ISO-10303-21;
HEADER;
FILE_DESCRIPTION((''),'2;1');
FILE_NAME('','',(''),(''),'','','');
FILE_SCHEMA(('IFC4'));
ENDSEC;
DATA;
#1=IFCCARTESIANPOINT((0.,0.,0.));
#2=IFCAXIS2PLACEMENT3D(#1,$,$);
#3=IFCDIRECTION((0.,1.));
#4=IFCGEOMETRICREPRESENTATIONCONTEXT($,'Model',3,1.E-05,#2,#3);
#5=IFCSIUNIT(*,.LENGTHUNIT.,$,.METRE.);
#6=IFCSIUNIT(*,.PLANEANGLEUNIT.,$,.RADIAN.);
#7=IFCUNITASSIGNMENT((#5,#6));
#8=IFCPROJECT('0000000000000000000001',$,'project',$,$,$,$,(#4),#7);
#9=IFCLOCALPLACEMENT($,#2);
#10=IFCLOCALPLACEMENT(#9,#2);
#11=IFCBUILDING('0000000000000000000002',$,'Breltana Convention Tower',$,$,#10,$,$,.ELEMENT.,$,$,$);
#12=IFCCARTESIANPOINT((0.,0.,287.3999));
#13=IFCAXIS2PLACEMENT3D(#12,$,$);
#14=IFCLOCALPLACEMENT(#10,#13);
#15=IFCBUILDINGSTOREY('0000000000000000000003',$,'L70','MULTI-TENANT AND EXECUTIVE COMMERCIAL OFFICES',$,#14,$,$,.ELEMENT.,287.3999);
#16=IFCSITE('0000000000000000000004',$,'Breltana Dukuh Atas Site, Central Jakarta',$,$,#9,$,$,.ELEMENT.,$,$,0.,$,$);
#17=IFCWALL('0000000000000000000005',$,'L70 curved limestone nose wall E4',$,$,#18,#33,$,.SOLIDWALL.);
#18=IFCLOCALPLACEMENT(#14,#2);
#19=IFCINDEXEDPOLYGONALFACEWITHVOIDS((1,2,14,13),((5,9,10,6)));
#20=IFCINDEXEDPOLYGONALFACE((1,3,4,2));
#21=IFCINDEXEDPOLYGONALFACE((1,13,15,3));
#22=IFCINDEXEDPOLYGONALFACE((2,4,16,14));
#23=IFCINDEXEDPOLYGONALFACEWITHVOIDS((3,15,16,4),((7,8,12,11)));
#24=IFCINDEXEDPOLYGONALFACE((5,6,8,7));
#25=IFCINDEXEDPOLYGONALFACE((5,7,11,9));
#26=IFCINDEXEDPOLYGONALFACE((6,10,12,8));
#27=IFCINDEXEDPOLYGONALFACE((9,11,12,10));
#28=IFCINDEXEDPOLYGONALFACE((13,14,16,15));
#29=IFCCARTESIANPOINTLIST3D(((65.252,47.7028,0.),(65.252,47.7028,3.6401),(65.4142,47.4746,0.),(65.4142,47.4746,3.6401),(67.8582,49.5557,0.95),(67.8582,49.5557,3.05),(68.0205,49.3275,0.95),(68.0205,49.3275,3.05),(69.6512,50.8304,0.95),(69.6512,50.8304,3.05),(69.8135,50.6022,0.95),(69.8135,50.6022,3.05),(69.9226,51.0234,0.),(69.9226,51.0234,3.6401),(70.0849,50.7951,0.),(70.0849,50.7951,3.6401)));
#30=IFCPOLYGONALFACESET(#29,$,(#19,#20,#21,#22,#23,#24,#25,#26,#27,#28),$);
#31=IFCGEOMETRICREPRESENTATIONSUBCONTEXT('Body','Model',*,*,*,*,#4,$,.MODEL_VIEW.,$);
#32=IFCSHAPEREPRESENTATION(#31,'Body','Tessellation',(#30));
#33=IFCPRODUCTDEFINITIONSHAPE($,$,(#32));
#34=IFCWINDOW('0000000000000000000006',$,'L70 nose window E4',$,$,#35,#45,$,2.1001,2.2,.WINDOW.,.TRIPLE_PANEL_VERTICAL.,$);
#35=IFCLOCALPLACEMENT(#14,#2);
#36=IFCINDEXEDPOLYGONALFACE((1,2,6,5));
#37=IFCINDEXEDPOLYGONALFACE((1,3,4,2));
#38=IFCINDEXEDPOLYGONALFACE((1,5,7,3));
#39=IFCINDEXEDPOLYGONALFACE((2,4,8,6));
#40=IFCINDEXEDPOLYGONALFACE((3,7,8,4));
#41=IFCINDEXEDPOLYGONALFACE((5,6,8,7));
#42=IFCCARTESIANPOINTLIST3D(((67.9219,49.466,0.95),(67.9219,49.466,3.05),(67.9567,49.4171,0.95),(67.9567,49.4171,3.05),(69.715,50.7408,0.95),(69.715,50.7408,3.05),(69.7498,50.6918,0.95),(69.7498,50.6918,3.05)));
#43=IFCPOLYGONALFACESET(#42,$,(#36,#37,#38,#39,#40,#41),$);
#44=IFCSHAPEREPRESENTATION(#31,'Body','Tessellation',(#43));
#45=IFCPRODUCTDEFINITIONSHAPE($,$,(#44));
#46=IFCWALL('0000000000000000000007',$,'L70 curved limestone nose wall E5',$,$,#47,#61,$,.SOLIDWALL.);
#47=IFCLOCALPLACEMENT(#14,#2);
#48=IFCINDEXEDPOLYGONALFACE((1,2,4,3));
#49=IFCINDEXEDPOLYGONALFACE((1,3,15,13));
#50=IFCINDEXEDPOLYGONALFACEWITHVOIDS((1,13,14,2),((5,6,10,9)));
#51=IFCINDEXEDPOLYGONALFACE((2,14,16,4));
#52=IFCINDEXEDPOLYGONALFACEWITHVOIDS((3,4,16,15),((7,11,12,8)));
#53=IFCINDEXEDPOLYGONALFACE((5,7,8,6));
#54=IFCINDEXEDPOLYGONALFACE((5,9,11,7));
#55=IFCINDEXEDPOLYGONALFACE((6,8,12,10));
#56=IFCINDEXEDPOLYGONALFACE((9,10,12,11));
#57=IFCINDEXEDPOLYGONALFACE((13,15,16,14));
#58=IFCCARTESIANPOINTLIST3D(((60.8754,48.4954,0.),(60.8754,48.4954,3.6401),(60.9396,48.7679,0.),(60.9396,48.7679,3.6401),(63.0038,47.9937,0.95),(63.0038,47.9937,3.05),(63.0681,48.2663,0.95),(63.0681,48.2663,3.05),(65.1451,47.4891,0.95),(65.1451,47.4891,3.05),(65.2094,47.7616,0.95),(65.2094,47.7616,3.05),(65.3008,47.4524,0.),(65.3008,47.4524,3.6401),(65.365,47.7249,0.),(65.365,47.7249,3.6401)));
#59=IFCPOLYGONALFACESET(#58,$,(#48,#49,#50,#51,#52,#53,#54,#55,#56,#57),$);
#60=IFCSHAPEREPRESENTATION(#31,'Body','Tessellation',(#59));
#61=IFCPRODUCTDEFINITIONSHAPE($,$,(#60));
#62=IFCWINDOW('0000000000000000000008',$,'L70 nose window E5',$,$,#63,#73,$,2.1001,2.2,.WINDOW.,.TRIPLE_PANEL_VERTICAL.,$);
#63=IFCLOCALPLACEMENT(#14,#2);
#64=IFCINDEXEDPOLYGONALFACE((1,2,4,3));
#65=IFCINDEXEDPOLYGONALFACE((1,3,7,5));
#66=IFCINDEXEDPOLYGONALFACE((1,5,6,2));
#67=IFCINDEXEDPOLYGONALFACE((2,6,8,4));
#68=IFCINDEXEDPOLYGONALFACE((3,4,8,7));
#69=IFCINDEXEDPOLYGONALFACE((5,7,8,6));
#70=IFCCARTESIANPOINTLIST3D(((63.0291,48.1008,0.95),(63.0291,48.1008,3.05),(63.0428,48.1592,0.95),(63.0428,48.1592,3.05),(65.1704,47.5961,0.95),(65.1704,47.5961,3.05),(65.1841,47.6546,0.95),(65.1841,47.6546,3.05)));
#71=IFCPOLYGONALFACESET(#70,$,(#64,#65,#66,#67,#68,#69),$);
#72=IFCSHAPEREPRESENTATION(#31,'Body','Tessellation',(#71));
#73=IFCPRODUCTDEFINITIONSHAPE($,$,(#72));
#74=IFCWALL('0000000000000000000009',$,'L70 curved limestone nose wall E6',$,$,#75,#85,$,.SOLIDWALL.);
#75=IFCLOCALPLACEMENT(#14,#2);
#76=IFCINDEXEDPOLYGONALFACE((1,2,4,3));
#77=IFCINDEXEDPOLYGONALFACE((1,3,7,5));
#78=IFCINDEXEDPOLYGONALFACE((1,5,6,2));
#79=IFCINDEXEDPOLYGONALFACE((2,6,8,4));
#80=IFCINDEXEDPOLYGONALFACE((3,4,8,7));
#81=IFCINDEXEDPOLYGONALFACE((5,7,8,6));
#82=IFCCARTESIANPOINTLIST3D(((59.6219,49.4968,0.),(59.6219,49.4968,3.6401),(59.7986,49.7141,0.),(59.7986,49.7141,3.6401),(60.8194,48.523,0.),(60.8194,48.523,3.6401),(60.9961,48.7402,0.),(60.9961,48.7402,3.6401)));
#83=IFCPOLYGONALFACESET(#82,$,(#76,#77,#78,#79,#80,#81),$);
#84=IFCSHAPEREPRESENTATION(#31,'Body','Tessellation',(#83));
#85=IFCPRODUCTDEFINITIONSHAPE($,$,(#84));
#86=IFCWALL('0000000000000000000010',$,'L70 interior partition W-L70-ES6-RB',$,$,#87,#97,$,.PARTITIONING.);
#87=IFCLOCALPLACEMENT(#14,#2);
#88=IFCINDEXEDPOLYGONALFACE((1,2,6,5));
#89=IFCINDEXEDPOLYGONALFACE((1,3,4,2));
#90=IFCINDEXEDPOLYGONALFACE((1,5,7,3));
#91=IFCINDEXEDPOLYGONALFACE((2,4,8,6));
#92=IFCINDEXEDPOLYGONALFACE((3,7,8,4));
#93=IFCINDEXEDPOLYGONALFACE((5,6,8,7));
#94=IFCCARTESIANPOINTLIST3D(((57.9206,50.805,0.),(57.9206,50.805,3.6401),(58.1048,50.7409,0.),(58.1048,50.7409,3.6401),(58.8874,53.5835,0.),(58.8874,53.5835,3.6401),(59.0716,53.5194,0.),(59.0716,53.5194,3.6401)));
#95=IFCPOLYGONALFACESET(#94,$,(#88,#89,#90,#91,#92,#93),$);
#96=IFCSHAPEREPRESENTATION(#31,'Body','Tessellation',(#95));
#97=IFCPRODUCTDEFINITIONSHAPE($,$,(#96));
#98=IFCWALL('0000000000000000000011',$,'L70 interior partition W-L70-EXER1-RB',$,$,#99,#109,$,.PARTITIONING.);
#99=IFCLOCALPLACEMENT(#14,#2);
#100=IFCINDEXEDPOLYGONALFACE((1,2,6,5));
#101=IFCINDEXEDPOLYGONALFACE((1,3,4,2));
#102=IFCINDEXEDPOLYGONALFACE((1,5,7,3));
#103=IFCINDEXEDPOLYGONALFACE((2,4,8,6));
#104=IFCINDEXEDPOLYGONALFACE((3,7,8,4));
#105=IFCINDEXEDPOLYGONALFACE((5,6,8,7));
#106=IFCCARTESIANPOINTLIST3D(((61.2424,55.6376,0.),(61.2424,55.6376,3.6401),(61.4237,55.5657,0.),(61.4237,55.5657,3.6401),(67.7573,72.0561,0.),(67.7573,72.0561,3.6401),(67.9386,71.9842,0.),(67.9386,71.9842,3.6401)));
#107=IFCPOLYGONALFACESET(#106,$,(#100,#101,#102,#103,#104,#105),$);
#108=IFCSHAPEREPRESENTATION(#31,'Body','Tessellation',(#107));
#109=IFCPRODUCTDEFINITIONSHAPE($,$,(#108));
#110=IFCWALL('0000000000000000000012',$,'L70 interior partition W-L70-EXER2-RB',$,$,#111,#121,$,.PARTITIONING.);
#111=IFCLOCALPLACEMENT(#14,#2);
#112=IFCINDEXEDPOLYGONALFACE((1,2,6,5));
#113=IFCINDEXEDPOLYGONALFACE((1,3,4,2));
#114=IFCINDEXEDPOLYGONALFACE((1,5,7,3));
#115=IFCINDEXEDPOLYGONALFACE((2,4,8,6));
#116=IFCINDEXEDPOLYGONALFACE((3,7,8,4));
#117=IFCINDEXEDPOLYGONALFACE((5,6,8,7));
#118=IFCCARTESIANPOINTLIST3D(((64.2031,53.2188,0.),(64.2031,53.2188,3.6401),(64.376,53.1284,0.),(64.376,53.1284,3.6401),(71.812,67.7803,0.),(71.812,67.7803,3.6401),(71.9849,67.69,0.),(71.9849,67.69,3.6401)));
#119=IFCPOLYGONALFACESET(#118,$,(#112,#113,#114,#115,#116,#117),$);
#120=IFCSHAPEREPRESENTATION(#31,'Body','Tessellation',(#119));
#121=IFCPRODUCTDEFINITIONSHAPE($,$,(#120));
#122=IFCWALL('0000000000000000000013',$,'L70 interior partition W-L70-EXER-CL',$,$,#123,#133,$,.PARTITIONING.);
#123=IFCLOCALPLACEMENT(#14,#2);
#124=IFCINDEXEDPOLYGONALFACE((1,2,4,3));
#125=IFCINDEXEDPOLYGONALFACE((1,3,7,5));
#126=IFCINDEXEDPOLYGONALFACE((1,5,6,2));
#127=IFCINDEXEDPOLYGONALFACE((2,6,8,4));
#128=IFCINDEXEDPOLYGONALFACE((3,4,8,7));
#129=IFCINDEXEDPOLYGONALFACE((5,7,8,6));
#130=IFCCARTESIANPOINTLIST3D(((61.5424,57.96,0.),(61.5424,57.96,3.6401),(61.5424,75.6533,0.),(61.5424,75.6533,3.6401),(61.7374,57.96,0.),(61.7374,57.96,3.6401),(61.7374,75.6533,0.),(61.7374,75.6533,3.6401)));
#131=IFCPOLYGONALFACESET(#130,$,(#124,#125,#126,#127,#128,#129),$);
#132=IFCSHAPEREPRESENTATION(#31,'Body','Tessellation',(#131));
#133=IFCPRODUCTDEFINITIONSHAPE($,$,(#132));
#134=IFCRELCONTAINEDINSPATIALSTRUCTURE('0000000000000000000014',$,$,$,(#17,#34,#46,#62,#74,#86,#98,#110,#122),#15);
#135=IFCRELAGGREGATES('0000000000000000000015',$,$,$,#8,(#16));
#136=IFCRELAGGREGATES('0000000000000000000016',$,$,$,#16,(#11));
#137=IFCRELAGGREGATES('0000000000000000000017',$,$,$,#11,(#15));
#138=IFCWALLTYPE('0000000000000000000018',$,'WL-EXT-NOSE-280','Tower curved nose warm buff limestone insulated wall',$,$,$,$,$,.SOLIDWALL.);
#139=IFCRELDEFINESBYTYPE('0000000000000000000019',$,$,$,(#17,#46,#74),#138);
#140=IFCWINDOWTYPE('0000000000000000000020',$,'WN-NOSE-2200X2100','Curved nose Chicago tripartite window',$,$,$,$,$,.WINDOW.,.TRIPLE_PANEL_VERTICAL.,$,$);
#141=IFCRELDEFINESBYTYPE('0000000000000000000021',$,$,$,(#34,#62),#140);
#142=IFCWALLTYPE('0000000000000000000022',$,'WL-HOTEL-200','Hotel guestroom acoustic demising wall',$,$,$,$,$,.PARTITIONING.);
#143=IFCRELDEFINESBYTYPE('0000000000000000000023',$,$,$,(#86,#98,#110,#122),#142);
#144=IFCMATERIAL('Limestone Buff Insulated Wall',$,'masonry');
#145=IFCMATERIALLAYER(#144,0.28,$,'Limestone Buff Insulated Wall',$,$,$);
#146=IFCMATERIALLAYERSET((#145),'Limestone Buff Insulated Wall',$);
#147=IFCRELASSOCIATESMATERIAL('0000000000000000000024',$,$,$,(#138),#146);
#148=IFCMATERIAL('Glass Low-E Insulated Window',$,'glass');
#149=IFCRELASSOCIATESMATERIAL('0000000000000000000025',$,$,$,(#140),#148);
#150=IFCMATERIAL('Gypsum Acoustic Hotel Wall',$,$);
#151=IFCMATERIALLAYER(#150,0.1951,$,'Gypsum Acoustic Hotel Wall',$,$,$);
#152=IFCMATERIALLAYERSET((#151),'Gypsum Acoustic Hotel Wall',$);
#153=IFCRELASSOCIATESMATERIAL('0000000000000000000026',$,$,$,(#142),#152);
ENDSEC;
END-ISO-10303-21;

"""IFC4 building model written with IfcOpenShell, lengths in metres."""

from ifc_helpers import new_model, si_unit, direction, frame, frame_2d, origin, place, context, subcontext, project, spatial, rectangle, extrude, source, transform, mapped, material, layer, layer_set, type_object, type_shapes, element, fill, save


model = new_model("IFC4")

# Units and contexts
model_context = context("Model", 3, precision=1e-05, world=origin(), true_north=direction((0.0, 1.0)))
body_context = subcontext(model_context, "Body", "Model", "MODEL_VIEW")
ifc_project = project(units=[si_unit("LENGTHUNIT", "METRE"), si_unit("PLANEANGLEUNIT", "RADIAN")], contexts=[model_context])

# Site, building, storey
site_placement = place(None, origin())
site = spatial("IfcSite", under=ifc_project, at=site_placement, Name="Breltana Dukuh Atas Site, Central Jakarta", CompositionType="ELEMENT", RefElevation=0.0)
building_placement = place(site_placement, origin())
building = spatial("IfcBuilding", under=site, at=building_placement, Name="Breltana Convention Tower", CompositionType="ELEMENT")
storey_placement = place(building_placement, frame((0.0, 0.0, 287.3999)))
storey = spatial("IfcBuildingStorey", under=building, at=storey_placement, Name="L70", Description="MULTI-TENANT AND EXECUTIVE COMMERCIAL OFFICES", CompositionType="ELEMENT", Elevation=287.3999)

# Walls, openings, windows
ifc_material_1 = material(Name="Limestone Buff Insulated Wall", Category="masonry")
ifc_layer_1 = layer(ifc_material_1, 0.28, Name="Limestone Buff Insulated Wall")
ifc_layer_set_1 = layer_set([ifc_layer_1], Name="Limestone Buff Insulated Wall")
wall_type_1 = type_object("IfcWallType", Name="WL-EXT-NOSE-280", Description="Tower curved nose warm buff limestone insulated wall", PredefinedType="SOLIDWALL", material=ifc_layer_set_1)
ifc_material_2 = material(Name="Glass Low-E Insulated Window", Category="glass")
window_type = type_object("IfcWindowType", Name="WN-NOSE-2200X2100", Description="Curved nose Chicago tripartite window", PartitioningType="TRIPLE_PANEL_VERTICAL", PredefinedType="WINDOW", material=ifc_material_2)
shared_shape_1 = source(origin(), body_context, "Body", "SweptSolid", [
    extrude(rectangle(XDim=2.2, YDim=2.1001, at=frame_2d((1.1001, 1.05))), frame((0.0, 0.03, 0.0), z_axis=(0.0, -1.0, 0.0), x_axis=(1.0, 0.0, 0.0)), (0.0, 0.0, 1.0), 0.0601),
])
type_shapes(window_type, [shared_shape_1])
shared_shape_2 = source(origin(), body_context, "Body", "SweptSolid", [
    extrude(rectangle(XDim=5.7307, YDim=0.28, at=frame_2d((2.8652, 0.0))), origin(), (0.0, 0.0, 1.0), 3.6401),
])
wall_1_placement = place(storey_placement, frame((70.0037, 50.9092, 0.0), z_axis=(0.0, 0.0, 1.0), x_axis=(-0.815021, -0.579431, 0.0)))
wall_1 = element("IfcWall", 1, at=wall_1_placement, inside=storey, type_object=wall_type_1, Name="L70 curved limestone nose wall E4", PredefinedType="SOLIDWALL", context=body_context, shape_type="MappedRepresentation", body=[
    mapped(shared_shape_2, transform((0.0, 0.0, 0.0), scale=1.0)),
])
opening_1_placement = place(wall_1_placement, frame((0.3328, 0.0, 0.95)))
opening_1 = element("IfcOpeningElement", 2, at=opening_1_placement, cuts=wall_1, PredefinedType="OPENING", context=body_context, shape_type="SweptSolid", body=[
    extrude(rectangle(XDim=2.2, YDim=2.1001, at=frame_2d((1.1001, 1.05))), frame((0.0, 0.1499, 0.0), z_axis=(0.0, -1.0, 0.0), x_axis=(1.0, 0.0, 0.0)), (0.0, 0.0, 1.0), 0.3),
])
window_1_placement = place(opening_1_placement, origin())
window_1 = element("IfcWindow", 3, at=window_1_placement, inside=storey, type_object=window_type, Name="L70 nose window E4", OverallHeight=2.1001, OverallWidth=2.2, PartitioningType="TRIPLE_PANEL_VERTICAL", PredefinedType="WINDOW", context=body_context, shape_type="MappedRepresentation", body=[
    mapped(shared_shape_1, transform((0.0, 0.0, 0.0), scale=1.0)),
])
fill(opening_1, window_1)
shared_shape_3 = source(origin(), body_context, "Body", "SweptSolid", [
    extrude(rectangle(XDim=4.5466, YDim=0.28, at=frame_2d((2.2734, 0.0))), origin(), (0.0, 0.0, 1.0), 3.6401),
])
wall_2_placement = place(storey_placement, frame((65.333, 47.5886, 0.0), z_axis=(0.0, 0.0, 1.0), x_axis=(-0.973333, 0.229398, 0.0)))
wall_2 = element("IfcWall", 4, at=wall_2_placement, inside=storey, type_object=wall_type_1, Name="L70 curved limestone nose wall E5", PredefinedType="SOLIDWALL", context=body_context, shape_type="MappedRepresentation", body=[
    mapped(shared_shape_3, transform((0.0, 0.0, 0.0), scale=1.0)),
])
opening_2_placement = place(wall_2_placement, frame((0.1599, 0.0, 0.95)))
opening_2 = element("IfcOpeningElement", 5, at=opening_2_placement, cuts=wall_2, PredefinedType="OPENING", context=body_context, shape_type="SweptSolid", body=[
    extrude(rectangle(XDim=2.2, YDim=2.1001, at=frame_2d((1.1001, 1.05))), frame((0.0, 0.1499, 0.0), z_axis=(0.0, -1.0, 0.0), x_axis=(1.0, 0.0, 0.0)), (0.0, 0.0, 1.0), 0.3),
])
window_2_placement = place(opening_2_placement, origin())
window_2 = element("IfcWindow", 6, at=window_2_placement, inside=storey, type_object=window_type, Name="L70 nose window E5", OverallHeight=2.1001, OverallWidth=2.2, PartitioningType="TRIPLE_PANEL_VERTICAL", PredefinedType="WINDOW", context=body_context, shape_type="MappedRepresentation", body=[
    mapped(shared_shape_1, transform((0.0, 0.0, 0.0), scale=1.0)),
])
fill(opening_2, window_2)

# Walls
shared_shape_4 = source(origin(), body_context, "Body", "SweptSolid", [
    extrude(rectangle(XDim=1.5435, YDim=0.28, at=frame_2d((0.7717, 0.0))), origin(), (0.0, 0.0, 1.0), 3.6401),
])
wall_3_placement = place(storey_placement, frame((60.9077, 48.6316, 0.0), z_axis=(0.0, 0.0, 1.0), x_axis=(-0.775828, 0.630944, 0.0)))
element("IfcWall", 7, at=wall_3_placement, inside=storey, type_object=wall_type_1, Name="L70 curved limestone nose wall E6", PredefinedType="SOLIDWALL", context=body_context, shape_type="MappedRepresentation", body=[
    mapped(shared_shape_4, transform((0.0, 0.0, 0.0), scale=1.0)),
])
ifc_material_3 = material(Name="Gypsum Acoustic Hotel Wall")
ifc_layer_2 = layer(ifc_material_3, 0.1951, Name="Gypsum Acoustic Hotel Wall")
ifc_layer_set_2 = layer_set([ifc_layer_2], Name="Gypsum Acoustic Hotel Wall")
wall_type_2 = type_object("IfcWallType", Name="WL-HOTEL-200", Description="Hotel guestroom acoustic demising wall", PredefinedType="PARTITIONING", material=ifc_layer_set_2)
shared_shape_5 = source(origin(), body_context, "Body", "SweptSolid", [
    extrude(rectangle(XDim=2.9419, YDim=0.1951, at=frame_2d((1.4709, 0.0))), origin(), (0.0, 0.0, 1.0), 3.6401),
])
wall_4_placement = place(storey_placement, frame((58.0127, 50.7729, 0.0), z_axis=(0.0, 0.0, 1.0), x_axis=(0.328624, 0.944461, 0.0)))
element("IfcWall", 8, at=wall_4_placement, inside=storey, type_object=wall_type_2, Name="L70 interior partition W-L70-ES6-RB", PredefinedType="PARTITIONING", context=body_context, shape_type="MappedRepresentation", body=[
    mapped(shared_shape_5, transform((0.0, 0.0, 0.0), scale=1.0)),
])

# Wall
shared_shape_6 = source(origin(), body_context, "Body", "SweptSolid", [
    extrude(rectangle(XDim=17.6638, YDim=0.1951, at=frame_2d((8.832, 0.0))), origin(), (0.0, 0.0, 1.0), 3.6401),
])
wall_5_placement = place(storey_placement, frame((61.333, 55.6016, 0.0), z_axis=(0.0, 0.0, 1.0), x_axis=(0.368828, 0.929498, 0.0)))
element("IfcWall", 9, at=wall_5_placement, inside=storey, type_object=wall_type_2, Name="L70 interior partition W-L70-EXER1-RB", PredefinedType="PARTITIONING", context=body_context, shape_type="MappedRepresentation", body=[
    mapped(shared_shape_6, transform((0.0, 0.0, 0.0), scale=1.0)),
])

# Walls
shared_shape_7 = source(origin(), body_context, "Body", "SweptSolid", [
    extrude(rectangle(XDim=16.4297, YDim=0.1951, at=frame_2d((8.2148, 0.0))), origin(), (0.0, 0.0, 1.0), 3.6401),
])
wall_6_placement = place(storey_placement, frame((64.2896, 53.1736, 0.0), z_axis=(0.0, 0.0, 1.0), x_axis=(0.463119, 0.886296, 0.0)))
element("IfcWall", 10, at=wall_6_placement, inside=storey, type_object=wall_type_2, Name="L70 interior partition W-L70-EXER2-RB", PredefinedType="PARTITIONING", context=body_context, shape_type="MappedRepresentation", body=[
    mapped(shared_shape_7, transform((0.0, 0.0, 0.0), scale=1.0)),
])
shared_shape_8 = source(origin(), body_context, "Body", "SweptSolid", [
    extrude(rectangle(XDim=17.6934, YDim=0.1951, at=frame_2d((8.8467, 0.0))), origin(), (0.0, 0.0, 1.0), 3.6401),
])
wall_7_placement = place(storey_placement, frame((61.6399, 57.96, 0.0), z_axis=(0.0, 0.0, 1.0), x_axis=(0.0, 1.0, 0.0)))
element("IfcWall", 11, at=wall_7_placement, inside=storey, type_object=wall_type_2, Name="L70 interior partition W-L70-EXER-CL", PredefinedType="PARTITIONING", context=body_context, shape_type="MappedRepresentation", body=[
    mapped(shared_shape_8, transform((0.0, 0.0, 0.0), scale=1.0)),
])

save(model, "model.ifc")
